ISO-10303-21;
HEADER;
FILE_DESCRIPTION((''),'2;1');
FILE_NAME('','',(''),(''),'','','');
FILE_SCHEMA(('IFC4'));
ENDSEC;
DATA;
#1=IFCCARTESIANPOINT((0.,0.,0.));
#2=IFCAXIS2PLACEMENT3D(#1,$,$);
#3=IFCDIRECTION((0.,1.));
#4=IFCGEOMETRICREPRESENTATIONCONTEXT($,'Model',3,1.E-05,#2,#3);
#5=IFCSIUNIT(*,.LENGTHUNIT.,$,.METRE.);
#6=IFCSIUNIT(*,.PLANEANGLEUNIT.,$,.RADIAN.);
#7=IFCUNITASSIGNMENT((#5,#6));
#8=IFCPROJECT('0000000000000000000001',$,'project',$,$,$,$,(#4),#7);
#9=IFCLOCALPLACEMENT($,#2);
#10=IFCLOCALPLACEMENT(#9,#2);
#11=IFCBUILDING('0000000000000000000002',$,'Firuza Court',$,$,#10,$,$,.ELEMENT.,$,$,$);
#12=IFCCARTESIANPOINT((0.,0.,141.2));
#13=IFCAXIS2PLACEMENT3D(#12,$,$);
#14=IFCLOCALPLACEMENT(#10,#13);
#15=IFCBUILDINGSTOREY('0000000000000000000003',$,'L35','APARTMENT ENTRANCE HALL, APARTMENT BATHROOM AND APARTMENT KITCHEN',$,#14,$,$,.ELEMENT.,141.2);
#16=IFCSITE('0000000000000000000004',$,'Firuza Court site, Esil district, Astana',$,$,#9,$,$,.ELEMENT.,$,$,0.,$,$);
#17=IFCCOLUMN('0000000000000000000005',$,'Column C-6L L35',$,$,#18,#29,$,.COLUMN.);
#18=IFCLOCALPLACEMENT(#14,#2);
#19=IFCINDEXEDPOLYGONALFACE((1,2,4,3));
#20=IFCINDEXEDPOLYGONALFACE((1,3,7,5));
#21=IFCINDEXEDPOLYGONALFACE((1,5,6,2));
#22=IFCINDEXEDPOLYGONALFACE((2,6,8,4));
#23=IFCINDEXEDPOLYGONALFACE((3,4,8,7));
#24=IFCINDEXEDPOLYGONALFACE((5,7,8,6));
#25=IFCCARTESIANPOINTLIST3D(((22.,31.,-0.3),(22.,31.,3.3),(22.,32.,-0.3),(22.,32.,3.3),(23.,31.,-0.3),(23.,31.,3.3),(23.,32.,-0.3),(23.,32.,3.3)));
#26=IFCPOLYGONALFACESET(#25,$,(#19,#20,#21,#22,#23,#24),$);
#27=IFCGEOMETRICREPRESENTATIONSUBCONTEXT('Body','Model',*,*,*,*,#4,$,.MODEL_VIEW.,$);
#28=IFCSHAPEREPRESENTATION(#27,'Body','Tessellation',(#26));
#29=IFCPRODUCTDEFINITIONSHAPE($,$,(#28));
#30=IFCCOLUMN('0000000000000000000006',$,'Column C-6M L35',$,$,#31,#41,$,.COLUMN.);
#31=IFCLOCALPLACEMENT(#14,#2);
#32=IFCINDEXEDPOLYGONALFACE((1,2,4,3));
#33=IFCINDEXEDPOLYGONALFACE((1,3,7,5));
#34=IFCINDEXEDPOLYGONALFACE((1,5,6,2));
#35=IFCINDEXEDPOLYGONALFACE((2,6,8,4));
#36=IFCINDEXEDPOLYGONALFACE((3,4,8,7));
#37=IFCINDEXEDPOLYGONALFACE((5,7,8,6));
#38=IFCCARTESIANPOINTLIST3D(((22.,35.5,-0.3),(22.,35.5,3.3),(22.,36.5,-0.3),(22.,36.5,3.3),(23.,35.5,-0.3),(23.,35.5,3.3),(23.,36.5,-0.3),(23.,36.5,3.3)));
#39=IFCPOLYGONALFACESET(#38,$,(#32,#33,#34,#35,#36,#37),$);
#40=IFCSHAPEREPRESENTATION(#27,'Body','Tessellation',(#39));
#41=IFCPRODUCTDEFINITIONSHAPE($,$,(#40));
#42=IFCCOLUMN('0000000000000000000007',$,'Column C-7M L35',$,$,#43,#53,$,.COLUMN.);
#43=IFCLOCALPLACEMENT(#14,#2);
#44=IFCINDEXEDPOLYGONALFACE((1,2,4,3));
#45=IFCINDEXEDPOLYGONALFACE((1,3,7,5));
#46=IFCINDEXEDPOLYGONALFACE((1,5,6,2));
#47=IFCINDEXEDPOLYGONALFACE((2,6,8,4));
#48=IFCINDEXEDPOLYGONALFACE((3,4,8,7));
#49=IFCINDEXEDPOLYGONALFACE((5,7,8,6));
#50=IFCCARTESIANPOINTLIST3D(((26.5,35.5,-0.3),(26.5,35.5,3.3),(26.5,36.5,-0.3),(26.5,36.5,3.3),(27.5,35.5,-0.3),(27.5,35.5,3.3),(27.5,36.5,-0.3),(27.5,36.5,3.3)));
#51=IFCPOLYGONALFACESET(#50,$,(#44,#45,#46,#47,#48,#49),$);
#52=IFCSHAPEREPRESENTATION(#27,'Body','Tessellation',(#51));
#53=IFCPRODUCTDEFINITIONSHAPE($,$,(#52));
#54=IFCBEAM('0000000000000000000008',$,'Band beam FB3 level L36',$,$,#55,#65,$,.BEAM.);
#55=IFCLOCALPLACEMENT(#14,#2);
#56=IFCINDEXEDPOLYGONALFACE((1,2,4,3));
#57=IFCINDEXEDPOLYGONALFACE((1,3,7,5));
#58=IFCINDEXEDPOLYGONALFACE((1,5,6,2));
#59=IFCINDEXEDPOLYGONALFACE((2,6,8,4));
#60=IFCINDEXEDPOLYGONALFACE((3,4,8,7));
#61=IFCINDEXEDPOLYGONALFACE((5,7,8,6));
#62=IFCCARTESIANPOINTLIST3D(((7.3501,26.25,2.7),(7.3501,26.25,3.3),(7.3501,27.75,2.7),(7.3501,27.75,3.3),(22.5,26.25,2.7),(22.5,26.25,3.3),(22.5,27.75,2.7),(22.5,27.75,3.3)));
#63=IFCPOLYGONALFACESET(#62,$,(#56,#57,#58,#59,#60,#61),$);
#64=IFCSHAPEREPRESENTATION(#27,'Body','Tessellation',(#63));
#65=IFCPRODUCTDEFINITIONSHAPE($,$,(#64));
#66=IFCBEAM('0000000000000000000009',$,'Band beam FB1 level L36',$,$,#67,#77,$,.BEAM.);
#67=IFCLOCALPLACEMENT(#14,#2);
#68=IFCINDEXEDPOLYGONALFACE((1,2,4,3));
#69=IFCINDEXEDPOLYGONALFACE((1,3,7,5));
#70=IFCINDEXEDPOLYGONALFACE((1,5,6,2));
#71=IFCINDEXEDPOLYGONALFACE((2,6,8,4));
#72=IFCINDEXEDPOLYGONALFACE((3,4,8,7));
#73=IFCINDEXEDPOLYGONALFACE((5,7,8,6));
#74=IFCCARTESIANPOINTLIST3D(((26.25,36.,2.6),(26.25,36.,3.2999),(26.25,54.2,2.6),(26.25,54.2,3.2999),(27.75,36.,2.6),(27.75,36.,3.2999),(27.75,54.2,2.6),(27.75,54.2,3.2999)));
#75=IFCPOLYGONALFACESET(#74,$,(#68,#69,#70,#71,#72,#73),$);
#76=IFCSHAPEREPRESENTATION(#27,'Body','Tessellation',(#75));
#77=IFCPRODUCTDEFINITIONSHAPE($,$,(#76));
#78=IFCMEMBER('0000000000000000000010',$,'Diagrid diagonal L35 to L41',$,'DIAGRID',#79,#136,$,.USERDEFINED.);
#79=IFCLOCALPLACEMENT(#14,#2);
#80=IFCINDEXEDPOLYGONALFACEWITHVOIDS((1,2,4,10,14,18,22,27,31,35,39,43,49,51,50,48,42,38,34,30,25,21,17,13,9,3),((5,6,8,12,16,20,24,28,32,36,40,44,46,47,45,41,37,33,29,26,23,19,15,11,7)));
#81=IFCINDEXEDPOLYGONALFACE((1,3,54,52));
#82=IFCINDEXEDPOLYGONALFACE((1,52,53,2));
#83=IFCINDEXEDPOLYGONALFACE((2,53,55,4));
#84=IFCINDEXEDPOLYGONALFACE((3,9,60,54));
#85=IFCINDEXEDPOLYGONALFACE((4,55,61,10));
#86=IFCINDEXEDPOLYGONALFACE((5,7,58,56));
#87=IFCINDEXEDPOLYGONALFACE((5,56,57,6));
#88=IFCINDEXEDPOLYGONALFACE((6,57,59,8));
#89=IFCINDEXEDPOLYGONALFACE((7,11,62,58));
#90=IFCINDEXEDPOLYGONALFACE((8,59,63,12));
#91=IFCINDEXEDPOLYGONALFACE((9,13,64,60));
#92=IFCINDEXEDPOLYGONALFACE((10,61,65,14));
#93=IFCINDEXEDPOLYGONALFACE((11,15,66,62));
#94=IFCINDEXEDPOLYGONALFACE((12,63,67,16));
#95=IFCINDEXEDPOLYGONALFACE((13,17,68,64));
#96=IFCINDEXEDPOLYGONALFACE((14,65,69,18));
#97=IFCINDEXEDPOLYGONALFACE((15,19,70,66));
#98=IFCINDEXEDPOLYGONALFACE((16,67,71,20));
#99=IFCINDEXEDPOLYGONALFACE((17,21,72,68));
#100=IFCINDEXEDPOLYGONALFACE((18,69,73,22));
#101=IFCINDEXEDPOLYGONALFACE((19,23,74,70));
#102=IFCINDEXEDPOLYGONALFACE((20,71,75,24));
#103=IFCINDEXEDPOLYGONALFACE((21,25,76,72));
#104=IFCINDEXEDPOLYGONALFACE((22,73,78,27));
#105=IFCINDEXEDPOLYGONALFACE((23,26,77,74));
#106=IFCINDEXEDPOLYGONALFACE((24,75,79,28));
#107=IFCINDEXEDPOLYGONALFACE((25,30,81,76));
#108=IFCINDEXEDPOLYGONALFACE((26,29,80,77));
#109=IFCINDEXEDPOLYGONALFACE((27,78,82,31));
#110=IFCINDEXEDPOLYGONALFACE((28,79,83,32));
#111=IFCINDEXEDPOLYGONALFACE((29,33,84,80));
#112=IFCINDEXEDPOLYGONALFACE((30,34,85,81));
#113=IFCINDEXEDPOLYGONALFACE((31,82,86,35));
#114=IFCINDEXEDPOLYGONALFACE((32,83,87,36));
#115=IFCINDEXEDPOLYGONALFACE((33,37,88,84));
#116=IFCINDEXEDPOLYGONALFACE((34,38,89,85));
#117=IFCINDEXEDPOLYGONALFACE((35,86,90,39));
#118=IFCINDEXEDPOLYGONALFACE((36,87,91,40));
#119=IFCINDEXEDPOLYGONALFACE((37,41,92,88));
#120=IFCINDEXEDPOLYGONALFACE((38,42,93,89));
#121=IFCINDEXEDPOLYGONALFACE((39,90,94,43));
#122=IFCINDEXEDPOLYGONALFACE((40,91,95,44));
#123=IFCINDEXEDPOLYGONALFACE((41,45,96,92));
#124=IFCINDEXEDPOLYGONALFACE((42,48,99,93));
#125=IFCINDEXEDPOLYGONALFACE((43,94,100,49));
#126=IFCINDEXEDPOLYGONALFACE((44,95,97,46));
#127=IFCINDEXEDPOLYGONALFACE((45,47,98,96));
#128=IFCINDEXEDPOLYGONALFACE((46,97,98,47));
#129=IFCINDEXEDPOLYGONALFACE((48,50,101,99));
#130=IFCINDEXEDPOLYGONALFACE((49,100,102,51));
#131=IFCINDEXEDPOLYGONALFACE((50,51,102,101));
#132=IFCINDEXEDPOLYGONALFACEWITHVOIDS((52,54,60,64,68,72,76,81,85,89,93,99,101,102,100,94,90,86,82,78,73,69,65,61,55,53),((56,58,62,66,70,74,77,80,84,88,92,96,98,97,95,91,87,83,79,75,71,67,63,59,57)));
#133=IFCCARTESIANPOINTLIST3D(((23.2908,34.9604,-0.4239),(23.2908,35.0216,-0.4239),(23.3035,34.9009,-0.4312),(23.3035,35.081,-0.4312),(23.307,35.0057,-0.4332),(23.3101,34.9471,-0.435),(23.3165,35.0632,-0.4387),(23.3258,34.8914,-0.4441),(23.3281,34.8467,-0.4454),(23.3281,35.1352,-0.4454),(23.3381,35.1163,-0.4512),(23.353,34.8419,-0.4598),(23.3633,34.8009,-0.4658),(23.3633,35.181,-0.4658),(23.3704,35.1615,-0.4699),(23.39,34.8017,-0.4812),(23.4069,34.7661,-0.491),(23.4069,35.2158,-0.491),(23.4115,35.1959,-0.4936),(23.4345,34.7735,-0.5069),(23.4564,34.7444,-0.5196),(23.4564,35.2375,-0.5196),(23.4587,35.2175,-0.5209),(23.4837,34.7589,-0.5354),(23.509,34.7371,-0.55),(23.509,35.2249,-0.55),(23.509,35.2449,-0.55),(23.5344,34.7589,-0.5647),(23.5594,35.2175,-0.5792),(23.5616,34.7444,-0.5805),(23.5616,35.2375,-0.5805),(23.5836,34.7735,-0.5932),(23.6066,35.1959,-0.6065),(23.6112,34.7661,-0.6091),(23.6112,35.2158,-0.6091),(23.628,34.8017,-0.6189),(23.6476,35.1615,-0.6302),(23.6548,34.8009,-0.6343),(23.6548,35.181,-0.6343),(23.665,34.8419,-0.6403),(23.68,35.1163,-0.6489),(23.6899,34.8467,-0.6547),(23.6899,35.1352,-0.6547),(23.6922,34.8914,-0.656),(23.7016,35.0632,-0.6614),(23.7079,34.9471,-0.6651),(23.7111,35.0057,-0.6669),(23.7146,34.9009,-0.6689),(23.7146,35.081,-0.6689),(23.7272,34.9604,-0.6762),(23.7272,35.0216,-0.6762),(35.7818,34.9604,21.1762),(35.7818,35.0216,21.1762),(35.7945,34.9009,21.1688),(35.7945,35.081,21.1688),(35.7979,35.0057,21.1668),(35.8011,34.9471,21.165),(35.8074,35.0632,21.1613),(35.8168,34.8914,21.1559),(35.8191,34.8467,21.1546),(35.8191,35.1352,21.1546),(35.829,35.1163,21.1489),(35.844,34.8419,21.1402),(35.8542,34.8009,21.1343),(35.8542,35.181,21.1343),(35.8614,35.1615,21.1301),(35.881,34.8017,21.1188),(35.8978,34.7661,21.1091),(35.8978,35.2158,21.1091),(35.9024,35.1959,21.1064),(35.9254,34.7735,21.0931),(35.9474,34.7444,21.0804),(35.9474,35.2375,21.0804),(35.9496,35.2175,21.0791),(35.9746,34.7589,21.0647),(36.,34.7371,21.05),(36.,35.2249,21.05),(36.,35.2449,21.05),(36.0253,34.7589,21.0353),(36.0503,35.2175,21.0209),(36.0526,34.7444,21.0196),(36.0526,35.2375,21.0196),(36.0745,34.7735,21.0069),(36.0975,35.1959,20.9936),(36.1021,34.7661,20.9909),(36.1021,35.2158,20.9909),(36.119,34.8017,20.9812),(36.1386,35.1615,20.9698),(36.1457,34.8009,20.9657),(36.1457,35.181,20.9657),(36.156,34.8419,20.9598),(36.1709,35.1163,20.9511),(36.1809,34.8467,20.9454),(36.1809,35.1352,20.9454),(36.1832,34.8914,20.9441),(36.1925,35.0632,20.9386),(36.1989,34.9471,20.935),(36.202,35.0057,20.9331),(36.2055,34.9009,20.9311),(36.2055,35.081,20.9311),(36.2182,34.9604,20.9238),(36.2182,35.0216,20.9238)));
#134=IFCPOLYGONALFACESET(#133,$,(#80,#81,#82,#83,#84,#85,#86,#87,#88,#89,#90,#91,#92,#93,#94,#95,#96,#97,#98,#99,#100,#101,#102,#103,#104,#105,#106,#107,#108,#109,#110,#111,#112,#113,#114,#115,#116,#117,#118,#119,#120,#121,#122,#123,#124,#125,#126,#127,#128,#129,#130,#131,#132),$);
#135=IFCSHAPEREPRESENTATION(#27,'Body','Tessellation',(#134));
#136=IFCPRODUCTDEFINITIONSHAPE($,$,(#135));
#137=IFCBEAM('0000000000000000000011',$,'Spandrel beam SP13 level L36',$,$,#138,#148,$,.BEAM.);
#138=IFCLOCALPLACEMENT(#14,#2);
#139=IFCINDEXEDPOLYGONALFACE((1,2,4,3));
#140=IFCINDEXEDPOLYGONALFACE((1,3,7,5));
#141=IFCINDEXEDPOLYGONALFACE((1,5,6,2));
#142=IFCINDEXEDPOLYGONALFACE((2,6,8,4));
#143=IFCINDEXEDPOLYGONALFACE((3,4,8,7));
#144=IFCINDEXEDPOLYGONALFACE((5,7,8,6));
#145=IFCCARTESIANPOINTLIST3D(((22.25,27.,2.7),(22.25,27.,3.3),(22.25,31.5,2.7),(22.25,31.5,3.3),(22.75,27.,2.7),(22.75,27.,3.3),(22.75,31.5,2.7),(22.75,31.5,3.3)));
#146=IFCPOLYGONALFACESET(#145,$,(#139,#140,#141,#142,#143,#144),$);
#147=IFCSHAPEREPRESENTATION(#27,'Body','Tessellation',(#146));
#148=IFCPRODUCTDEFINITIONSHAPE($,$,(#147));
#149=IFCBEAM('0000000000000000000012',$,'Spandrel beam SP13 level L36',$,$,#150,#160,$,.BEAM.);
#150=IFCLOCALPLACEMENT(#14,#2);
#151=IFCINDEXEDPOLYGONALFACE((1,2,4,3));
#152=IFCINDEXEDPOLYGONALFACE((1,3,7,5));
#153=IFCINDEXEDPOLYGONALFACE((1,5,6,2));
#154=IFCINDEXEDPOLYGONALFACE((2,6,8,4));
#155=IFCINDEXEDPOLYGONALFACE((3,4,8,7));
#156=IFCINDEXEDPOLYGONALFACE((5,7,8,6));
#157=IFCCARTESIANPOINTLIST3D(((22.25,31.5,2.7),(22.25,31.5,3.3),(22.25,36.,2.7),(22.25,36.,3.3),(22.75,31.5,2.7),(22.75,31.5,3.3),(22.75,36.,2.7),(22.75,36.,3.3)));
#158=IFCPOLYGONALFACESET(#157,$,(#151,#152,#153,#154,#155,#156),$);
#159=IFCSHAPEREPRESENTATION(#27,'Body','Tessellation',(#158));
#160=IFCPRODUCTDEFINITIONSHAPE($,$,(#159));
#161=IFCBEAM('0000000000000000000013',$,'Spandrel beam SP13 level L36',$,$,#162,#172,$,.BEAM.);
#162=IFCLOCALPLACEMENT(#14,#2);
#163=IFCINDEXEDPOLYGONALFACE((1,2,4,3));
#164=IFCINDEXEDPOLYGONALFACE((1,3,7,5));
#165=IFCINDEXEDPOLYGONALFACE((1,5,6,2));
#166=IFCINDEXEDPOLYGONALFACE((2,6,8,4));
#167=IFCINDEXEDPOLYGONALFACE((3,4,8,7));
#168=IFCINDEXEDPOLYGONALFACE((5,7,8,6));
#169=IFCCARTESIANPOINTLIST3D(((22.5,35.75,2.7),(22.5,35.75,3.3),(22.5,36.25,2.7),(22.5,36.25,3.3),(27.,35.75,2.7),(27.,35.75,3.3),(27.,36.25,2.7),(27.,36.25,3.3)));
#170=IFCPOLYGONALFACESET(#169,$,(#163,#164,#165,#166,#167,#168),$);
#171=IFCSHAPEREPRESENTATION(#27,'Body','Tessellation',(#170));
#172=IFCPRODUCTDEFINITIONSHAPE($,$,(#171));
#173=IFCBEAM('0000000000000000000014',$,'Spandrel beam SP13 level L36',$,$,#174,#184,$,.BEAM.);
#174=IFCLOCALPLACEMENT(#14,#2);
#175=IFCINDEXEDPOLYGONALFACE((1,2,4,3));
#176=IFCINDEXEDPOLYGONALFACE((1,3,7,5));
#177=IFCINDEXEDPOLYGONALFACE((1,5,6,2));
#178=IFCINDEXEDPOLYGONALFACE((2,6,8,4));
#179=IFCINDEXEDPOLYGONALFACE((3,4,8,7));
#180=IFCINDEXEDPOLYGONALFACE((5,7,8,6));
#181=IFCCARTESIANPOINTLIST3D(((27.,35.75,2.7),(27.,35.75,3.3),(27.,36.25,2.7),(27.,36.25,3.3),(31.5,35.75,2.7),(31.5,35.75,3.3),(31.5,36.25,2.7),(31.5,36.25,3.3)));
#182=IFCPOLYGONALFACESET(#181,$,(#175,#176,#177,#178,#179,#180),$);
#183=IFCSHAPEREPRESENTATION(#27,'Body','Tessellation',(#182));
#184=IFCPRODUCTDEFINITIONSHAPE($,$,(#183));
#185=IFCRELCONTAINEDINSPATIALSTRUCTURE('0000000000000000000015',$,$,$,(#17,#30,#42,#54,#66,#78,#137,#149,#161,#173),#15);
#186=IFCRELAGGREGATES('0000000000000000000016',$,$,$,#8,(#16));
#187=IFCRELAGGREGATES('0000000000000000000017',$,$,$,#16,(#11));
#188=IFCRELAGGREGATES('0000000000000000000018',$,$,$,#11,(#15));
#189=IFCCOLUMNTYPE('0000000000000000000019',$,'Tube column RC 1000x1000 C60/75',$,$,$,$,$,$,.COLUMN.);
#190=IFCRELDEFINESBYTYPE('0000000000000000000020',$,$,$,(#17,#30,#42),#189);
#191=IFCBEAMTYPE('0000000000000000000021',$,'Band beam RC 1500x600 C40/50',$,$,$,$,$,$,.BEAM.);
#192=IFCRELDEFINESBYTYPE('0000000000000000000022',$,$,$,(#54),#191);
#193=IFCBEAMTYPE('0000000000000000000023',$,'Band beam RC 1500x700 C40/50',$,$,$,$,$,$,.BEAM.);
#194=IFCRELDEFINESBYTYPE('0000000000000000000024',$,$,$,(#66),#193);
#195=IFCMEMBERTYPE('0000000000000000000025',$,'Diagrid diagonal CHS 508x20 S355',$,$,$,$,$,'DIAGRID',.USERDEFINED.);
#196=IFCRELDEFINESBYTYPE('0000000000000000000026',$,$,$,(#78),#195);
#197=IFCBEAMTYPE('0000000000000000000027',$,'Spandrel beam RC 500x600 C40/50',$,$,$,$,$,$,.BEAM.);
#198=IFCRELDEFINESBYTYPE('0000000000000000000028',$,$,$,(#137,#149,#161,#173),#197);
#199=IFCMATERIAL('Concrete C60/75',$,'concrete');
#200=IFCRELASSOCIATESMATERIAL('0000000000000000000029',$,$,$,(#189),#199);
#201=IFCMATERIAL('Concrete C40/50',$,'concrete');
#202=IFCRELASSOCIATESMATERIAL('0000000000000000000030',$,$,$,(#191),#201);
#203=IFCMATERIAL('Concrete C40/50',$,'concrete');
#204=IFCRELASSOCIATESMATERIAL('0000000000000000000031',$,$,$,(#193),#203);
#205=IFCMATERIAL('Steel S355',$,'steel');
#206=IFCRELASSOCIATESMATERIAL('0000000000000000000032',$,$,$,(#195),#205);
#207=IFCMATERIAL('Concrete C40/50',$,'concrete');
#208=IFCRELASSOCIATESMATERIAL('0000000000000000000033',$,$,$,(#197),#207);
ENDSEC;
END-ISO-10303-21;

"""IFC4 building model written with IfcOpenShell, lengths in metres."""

from ifc_helpers import new_model, si_unit, direction, frame, origin, origin_2d, place, context, subcontext, project, spatial, rectangle, hollow_circle, extrude, material, material_profile, profile_set, type_object, element, save


model = new_model("IFC4")

# Units and contexts
model_context = context("Model", 3, precision=1e-05, world=origin(), true_north=direction((0.0, 1.0)))
body_context = subcontext(model_context, "Body", "Model", "MODEL_VIEW")
ifc_project = project(units=[si_unit("LENGTHUNIT", "METRE"), si_unit("PLANEANGLEUNIT", "RADIAN")], contexts=[model_context])

# Site, building, storey
site_placement = place(None, origin())
site = spatial("IfcSite", under=ifc_project, at=site_placement, Name="Firuza Court site, Esil district, Astana", CompositionType="ELEMENT", RefElevation=0.0)
building_placement = place(site_placement, origin())
building = spatial("IfcBuilding", under=site, at=building_placement, Name="Firuza Court", CompositionType="ELEMENT")
storey_placement = place(building_placement, frame((0.0, 0.0, 141.2)))
storey = spatial("IfcBuildingStorey", under=building, at=storey_placement, Name="L35", Description="APARTMENT ENTRANCE HALL, APARTMENT BATHROOM AND APARTMENT KITCHEN", CompositionType="ELEMENT", Elevation=141.2)

# Columns
ifc_material_1 = material(Name="Concrete C60/75", Category="concrete")
ifc_material_profile_1 = material_profile(ifc_material_1, rectangle(XDim=1.0, YDim=1.0, at=origin_2d()), Name="RC 1000x1000")
ifc_profile_set_1 = profile_set([ifc_material_profile_1], Name="Concrete C60/75")
column_type = type_object("IfcColumnType", Name="Tube column RC 1000x1000 C60/75", PredefinedType="COLUMN", material=ifc_profile_set_1)
for number, where, z_axis, x_axis, name in (
    (1, (22.5, 31.5, -0.3), (0.0, 0.0, 1.0), (1.0, 0.0, 0.0), "Column C-6L L35"),
    (2, (22.5, 36.0, -0.3), (0.0, 0.0, 1.0), (1.0, 0.0, 0.0), "Column C-6M L35"),
    (3, (27.0, 36.0, -0.3), (0.0, 0.0, 1.0), (1.0, 0.0, 0.0), "Column C-7M L35"),
):
    element("IfcColumn", number, at=place(storey_placement, frame(where, z_axis=z_axis, x_axis=x_axis)), inside=storey, type_object=column_type, Name=name, PredefinedType="COLUMN", context=body_context, shape_type="SweptSolid", body=[
        extrude(rectangle(XDim=1.0, YDim=1.0, at=origin_2d()), origin(), (0.0, 0.0, 1.0), 3.6001),
    ])

# Beams
ifc_material_2 = material(Name="Concrete C40/50", Category="concrete")
ifc_material_profile_2 = material_profile(ifc_material_2, rectangle(XDim=1.5, YDim=0.6001, at=origin_2d()), Name="RC 1500x600")
ifc_profile_set_2 = profile_set([ifc_material_profile_2], Name="Concrete C40/50")
beam_type_1 = type_object("IfcBeamType", Name="Band beam RC 1500x600 C40/50", PredefinedType="BEAM", material=ifc_profile_set_2)
beam_1_placement = place(storey_placement, frame((22.5, 27.0, 3.0), z_axis=(-1.0, 0.0, 0.0), x_axis=(0.0, -1.0, 0.0)))
element("IfcBeam", 4, at=beam_1_placement, inside=storey, type_object=beam_type_1, Name="Band beam FB3 level L36", PredefinedType="BEAM", context=body_context, shape_type="SweptSolid", body=[
    extrude(rectangle(XDim=1.5, YDim=0.6001, at=origin_2d()), origin(), (0.0, 0.0, 1.0), 15.1499),
])
ifc_material_3 = material(Name="Concrete C40/50", Category="concrete")
ifc_material_profile_3 = material_profile(ifc_material_3, rectangle(XDim=1.5, YDim=0.7, at=origin_2d()), Name="RC 1500x700")
ifc_profile_set_3 = profile_set([ifc_material_profile_3], Name="Concrete C40/50")
beam_type_2 = type_object("IfcBeamType", Name="Band beam RC 1500x700 C40/50", PredefinedType="BEAM", material=ifc_profile_set_3)
beam_2_placement = place(storey_placement, frame((27.0, 36.0, 2.95), z_axis=(0.0, 1.0, 0.0), x_axis=(-1.0, 0.0, 0.0)))
element("IfcBeam", 5, at=beam_2_placement, inside=storey, type_object=beam_type_2, Name="Band beam FB1 level L36", PredefinedType="BEAM", context=body_context, shape_type="SweptSolid", body=[
    extrude(rectangle(XDim=1.5, YDim=0.7, at=origin_2d()), origin(), (0.0, 0.0, 1.0), 18.2),
])

# Member
ifc_material_4 = material(Name="Steel S355", Category="steel")
ifc_material_profile_4 = material_profile(ifc_material_4, hollow_circle(Radius=0.2539, WallThickness=0.02, at=origin_2d()), Name="CHS 508x20")
ifc_profile_set_4 = profile_set([ifc_material_profile_4], Name="Steel S355")
member_type = type_object("IfcMemberType", Name="Diagrid diagonal CHS 508x20 S355", ElementType="DIAGRID", PredefinedType="USERDEFINED", material=ifc_profile_set_4)
member_placement = place(storey_placement, frame((23.509, 34.991, -0.55), z_axis=(0.500605, 0.0, 0.865676), x_axis=(0.0, 1.0, 0.0)))
element("IfcMember", 6, at=member_placement, inside=storey, type_object=member_type, Name="Diagrid diagonal L35 to L41", ObjectType="DIAGRID", PredefinedType="USERDEFINED", context=body_context, shape_type="SweptSolid", body=[
    extrude(hollow_circle(Radius=0.2539, WallThickness=0.02, at=origin_2d()), origin(), (0.0, 0.0, 1.0), 24.9517),
])

# Beams
ifc_material_5 = material(Name="Concrete C40/50", Category="concrete")
ifc_material_profile_5 = material_profile(ifc_material_5, rectangle(XDim=0.5, YDim=0.6001, at=origin_2d()), Name="RC 500x600")
ifc_profile_set_5 = profile_set([ifc_material_profile_5], Name="Concrete C40/50")
beam_type_3 = type_object("IfcBeamType", Name="Spandrel beam RC 500x600 C40/50", PredefinedType="BEAM", material=ifc_profile_set_5)
for number, where, z_axis, x_axis, name in (
    (7, (22.5, 27.0, 3.0), (0.0, 1.0, 0.0), (-1.0, 0.0, 0.0), "Spandrel beam SP13 level L36"),
    (8, (22.5, 31.5, 3.0), (0.0, 1.0, 0.0), (-1.0, 0.0, 0.0), "Spandrel beam SP13 level L36"),
    (9, (22.5, 36.0, 3.0), (1.0, 0.0, 0.0), (0.0, 1.0, 0.0), "Spandrel beam SP13 level L36"),
    (10, (27.0, 36.0, 3.0), (1.0, 0.0, 0.0), (0.0, 1.0, 0.0), "Spandrel beam SP13 level L36"),
):
    element("IfcBeam", number, at=place(storey_placement, frame(where, z_axis=z_axis, x_axis=x_axis)), inside=storey, type_object=beam_type_3, Name=name, PredefinedType="BEAM", context=body_context, shape_type="SweptSolid", body=[
        extrude(rectangle(XDim=0.5, YDim=0.6001, at=origin_2d()), origin(), (0.0, 0.0, 1.0), 4.5),
    ])

save(model, "model.ifc")
